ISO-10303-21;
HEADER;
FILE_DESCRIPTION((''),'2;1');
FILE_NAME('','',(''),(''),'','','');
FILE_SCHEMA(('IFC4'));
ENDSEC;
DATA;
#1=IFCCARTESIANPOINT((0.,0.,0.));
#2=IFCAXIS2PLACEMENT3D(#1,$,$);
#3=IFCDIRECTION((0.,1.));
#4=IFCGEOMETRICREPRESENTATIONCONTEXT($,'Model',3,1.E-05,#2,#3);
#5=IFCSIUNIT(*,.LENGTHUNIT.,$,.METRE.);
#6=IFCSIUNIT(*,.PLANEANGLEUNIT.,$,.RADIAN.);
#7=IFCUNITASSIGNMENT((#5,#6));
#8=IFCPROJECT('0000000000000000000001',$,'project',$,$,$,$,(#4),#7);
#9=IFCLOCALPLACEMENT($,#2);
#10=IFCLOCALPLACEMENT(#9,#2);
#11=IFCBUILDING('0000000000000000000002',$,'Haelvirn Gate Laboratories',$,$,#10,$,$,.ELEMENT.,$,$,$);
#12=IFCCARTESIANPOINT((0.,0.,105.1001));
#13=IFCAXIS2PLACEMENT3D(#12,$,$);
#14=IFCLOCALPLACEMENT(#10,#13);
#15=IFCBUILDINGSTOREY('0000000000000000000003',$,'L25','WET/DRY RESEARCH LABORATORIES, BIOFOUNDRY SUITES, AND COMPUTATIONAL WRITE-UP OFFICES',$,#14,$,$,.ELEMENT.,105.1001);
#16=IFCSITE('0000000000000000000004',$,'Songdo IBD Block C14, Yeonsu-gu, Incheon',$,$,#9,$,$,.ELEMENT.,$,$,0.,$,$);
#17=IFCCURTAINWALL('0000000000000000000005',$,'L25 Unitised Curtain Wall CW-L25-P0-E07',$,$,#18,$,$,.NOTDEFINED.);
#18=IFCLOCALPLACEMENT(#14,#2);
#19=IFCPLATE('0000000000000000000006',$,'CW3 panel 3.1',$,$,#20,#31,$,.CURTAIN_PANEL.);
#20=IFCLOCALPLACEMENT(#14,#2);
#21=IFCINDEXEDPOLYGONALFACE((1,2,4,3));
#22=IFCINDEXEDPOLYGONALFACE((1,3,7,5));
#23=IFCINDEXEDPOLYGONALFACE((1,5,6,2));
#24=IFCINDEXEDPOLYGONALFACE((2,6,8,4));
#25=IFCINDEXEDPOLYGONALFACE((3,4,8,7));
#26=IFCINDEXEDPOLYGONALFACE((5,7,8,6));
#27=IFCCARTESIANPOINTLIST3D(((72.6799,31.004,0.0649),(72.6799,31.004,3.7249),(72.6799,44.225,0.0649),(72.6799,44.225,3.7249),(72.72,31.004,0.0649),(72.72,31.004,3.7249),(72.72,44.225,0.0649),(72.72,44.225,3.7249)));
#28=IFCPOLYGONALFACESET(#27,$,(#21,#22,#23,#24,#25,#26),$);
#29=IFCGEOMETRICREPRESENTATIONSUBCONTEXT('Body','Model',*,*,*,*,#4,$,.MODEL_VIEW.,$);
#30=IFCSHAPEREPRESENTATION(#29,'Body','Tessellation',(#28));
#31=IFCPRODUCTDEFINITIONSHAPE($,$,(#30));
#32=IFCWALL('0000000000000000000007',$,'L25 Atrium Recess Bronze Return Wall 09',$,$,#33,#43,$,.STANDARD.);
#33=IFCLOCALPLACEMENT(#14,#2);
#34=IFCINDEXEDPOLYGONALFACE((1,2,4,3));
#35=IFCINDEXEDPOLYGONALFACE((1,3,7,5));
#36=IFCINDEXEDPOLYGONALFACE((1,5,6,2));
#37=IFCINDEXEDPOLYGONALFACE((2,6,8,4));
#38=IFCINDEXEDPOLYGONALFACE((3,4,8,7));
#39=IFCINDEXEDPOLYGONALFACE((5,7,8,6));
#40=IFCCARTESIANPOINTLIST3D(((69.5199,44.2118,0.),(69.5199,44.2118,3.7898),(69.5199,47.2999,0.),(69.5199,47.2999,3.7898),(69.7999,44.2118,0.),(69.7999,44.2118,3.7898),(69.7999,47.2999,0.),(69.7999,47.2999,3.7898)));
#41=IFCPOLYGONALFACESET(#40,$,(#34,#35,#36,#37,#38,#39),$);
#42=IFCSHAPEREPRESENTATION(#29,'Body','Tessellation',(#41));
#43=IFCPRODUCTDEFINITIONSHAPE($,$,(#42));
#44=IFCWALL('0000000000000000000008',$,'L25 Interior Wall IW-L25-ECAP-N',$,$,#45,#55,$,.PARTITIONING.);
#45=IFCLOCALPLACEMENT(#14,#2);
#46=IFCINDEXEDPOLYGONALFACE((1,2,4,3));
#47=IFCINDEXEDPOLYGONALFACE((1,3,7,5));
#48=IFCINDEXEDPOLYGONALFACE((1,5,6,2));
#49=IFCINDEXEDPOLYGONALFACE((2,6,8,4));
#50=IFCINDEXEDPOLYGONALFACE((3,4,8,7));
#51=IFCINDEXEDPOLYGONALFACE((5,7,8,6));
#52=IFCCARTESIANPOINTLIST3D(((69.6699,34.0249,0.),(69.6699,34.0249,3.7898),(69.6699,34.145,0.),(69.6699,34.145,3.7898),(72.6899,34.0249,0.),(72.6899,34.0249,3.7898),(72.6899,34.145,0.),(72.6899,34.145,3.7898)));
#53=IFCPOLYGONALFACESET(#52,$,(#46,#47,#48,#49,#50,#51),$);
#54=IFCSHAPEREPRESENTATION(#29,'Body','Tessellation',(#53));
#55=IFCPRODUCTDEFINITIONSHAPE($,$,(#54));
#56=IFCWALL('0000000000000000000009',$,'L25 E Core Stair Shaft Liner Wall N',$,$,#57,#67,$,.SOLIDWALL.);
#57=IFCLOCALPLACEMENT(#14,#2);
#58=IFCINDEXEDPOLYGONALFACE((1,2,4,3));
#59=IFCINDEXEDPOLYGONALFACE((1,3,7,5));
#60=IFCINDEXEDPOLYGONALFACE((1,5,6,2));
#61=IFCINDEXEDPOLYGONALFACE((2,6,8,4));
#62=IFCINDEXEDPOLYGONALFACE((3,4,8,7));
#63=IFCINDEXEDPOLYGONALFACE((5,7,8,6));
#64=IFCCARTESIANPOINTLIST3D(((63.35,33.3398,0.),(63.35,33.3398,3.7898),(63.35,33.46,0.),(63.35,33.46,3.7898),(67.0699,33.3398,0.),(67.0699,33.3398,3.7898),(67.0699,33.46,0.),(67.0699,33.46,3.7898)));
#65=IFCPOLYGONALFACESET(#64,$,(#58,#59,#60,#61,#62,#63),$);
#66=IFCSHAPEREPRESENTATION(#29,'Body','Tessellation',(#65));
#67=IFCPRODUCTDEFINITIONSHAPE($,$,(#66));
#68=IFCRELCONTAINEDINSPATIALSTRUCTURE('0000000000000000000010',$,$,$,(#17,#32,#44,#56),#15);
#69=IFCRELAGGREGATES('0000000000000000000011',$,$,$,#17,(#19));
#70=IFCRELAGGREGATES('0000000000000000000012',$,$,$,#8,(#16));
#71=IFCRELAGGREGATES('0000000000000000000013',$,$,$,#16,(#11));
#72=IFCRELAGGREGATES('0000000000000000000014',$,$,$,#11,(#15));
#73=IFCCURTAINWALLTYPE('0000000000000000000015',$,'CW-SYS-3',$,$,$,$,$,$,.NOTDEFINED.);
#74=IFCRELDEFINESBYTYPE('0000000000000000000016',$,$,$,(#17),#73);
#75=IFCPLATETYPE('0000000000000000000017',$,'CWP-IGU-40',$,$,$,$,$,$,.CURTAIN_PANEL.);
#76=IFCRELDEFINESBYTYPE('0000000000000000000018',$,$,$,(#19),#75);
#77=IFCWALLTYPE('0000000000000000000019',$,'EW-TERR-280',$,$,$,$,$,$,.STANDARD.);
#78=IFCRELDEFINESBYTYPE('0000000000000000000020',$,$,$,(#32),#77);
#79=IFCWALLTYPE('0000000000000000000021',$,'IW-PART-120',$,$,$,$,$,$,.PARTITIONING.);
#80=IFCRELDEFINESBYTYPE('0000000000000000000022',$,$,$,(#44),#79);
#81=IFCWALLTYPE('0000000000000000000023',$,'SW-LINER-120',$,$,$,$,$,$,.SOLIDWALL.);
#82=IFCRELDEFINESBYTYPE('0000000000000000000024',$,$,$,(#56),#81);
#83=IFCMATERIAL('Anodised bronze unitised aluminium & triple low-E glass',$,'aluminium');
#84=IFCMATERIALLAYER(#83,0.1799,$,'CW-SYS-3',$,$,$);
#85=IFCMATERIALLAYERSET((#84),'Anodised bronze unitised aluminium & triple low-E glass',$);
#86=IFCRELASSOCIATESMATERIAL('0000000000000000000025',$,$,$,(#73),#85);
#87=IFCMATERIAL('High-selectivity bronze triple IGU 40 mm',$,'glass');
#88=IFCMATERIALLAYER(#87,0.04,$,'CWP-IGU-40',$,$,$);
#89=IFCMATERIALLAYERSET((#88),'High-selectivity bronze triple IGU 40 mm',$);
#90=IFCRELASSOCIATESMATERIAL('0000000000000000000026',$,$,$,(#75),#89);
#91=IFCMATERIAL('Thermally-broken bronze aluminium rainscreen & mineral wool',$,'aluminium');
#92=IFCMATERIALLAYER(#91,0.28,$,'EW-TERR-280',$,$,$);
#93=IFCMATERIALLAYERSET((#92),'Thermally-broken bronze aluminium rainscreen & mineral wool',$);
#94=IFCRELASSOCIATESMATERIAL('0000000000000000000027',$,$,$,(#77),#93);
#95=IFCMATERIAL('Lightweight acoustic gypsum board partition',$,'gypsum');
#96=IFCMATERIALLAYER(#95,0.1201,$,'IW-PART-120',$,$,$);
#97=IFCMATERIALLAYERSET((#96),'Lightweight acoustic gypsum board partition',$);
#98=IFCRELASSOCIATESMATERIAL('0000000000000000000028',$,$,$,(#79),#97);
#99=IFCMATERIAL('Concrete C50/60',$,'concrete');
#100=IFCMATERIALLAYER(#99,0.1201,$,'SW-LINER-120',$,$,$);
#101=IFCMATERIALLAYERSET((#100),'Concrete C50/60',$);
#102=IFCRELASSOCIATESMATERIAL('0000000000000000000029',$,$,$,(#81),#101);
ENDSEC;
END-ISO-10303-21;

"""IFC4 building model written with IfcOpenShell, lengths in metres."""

from ifc_helpers import new_model, si_unit, direction, frame, frame_2d, origin, origin_2d, place, context, subcontext, project, spatial, rectangle, extrude, source, transform, mapped, material, layer, layer_set, type_object, element, aggregate, save


model = new_model("IFC4")

# Units and contexts
model_context = context("Model", 3, precision=1e-05, world=origin(), true_north=direction((0.0, 1.0)))
body_context = subcontext(model_context, "Body", "Model", "MODEL_VIEW")
ifc_project = project(units=[si_unit("LENGTHUNIT", "METRE"), si_unit("PLANEANGLEUNIT", "RADIAN")], contexts=[model_context])

# Site, building, storey
site_placement = place(None, origin())
site = spatial("IfcSite", under=ifc_project, at=site_placement, Name="Songdo IBD Block C14, Yeonsu-gu, Incheon", CompositionType="ELEMENT", RefElevation=0.0)
building_placement = place(site_placement, origin())
building = spatial("IfcBuilding", under=site, at=building_placement, Name="Haelvirn Gate Laboratories", CompositionType="ELEMENT")
storey_placement = place(building_placement, frame((0.0, 0.0, 105.1001)))
storey = spatial("IfcBuildingStorey", under=building, at=storey_placement, Name="L25", Description="WET/DRY RESEARCH LABORATORIES, BIOFOUNDRY SUITES, AND COMPUTATIONAL WRITE-UP OFFICES", CompositionType="ELEMENT", Elevation=105.1001)

# Shared definitions
ifc_material_1 = material(Name="Concrete C50/60", Category="concrete")

# Shared definitions
ifc_material_2 = material(Name="Anodised bronze unitised aluminium & triple low-E glass", Category="aluminium")
ifc_layer_1 = layer(ifc_material_2, 0.1799, Name="CW-SYS-3")
ifc_layer_set_1 = layer_set([ifc_layer_1], Name="Anodised bronze unitised aluminium & triple low-E glass")
curtain_wall_type_1 = type_object("IfcCurtainWallType", Name="CW-SYS-3", PredefinedType="NOTDEFINED", material=ifc_layer_set_1)

# Curtain wall
curtain_wall_1_placement = place(storey_placement, origin())
curtain_wall_1 = element("IfcCurtainWall", 1, at=curtain_wall_1_placement, inside=storey, type_object=curtain_wall_type_1, Name="L25 Unitised Curtain Wall CW-L25-P0-E07", PredefinedType="NOTDEFINED")

# Plate
ifc_material_3 = material(Name="High-selectivity bronze triple IGU 40 mm", Category="glass")
ifc_layer_2 = layer(ifc_material_3, 0.04, Name="CWP-IGU-40")
ifc_layer_set_2 = layer_set([ifc_layer_2], Name="High-selectivity bronze triple IGU 40 mm")
plate_type_1 = type_object("IfcPlateType", Name="CWP-IGU-40", PredefinedType="CURTAIN_PANEL", material=ifc_layer_set_2)
shared_shape_1 = source(origin(), body_context, "Body", "SweptSolid", [
    extrude(rectangle(XDim=13.2209, YDim=0.04, at=origin_2d()), origin(), (0.0, 0.0, 1.0), 3.6599),
])
plate_1_placement = place(storey_placement, frame((72.7, 37.6145, 0.0649), z_axis=(0.0, 0.0, 1.0), x_axis=(0.0, 1.0, 0.0)))
plate_1 = element("IfcPlate", 2, at=plate_1_placement, type_object=plate_type_1, Name="CW3 panel 3.1", PredefinedType="CURTAIN_PANEL", context=body_context, shape_type="MappedRepresentation", body=[
    mapped(shared_shape_1, transform((0.0, 0.0, 0.0), scale=1.0)),
])
aggregate(curtain_wall_1, [plate_1])

# Walls
ifc_material_4 = material(Name="Thermally-broken bronze aluminium rainscreen & mineral wool", Category="aluminium")
ifc_layer_3 = layer(ifc_material_4, 0.28, Name="EW-TERR-280")
ifc_layer_set_3 = layer_set([ifc_layer_3], Name="Thermally-broken bronze aluminium rainscreen & mineral wool")
wall_type_1 = type_object("IfcWallType", Name="EW-TERR-280", PredefinedType="STANDARD", material=ifc_layer_set_3)
wall_1_placement = place(storey_placement, frame((69.6599, 44.2119, 0.0), z_axis=(0.0, 0.0, 1.0), x_axis=(0.0, 1.0, 0.0)))
element("IfcWall", 3, at=wall_1_placement, inside=storey, type_object=wall_type_1, Name="L25 Atrium Recess Bronze Return Wall 09", PredefinedType="STANDARD", context=body_context, shape_type="SweptSolid", body=[
    extrude(rectangle(XDim=3.0881, YDim=0.28, at=frame_2d((1.5439, 0.0))), origin(), (0.0, 0.0, 1.0), 3.7898),
])
ifc_material_5 = material(Name="Lightweight acoustic gypsum board partition", Category="gypsum")
ifc_layer_4 = layer(ifc_material_5, 0.1201, Name="IW-PART-120")
ifc_layer_set_4 = layer_set([ifc_layer_4], Name="Lightweight acoustic gypsum board partition")
wall_type_2 = type_object("IfcWallType", Name="IW-PART-120", PredefinedType="PARTITIONING", material=ifc_layer_set_4)
wall_2_placement = place(storey_placement, frame((69.6699, 34.085, 0.0), z_axis=(0.0, 0.0, 1.0), x_axis=(1.0, 0.0, 0.0)))
element("IfcWall", 4, at=wall_2_placement, inside=storey, type_object=wall_type_2, Name="L25 Interior Wall IW-L25-ECAP-N", PredefinedType="PARTITIONING", context=body_context, shape_type="SweptSolid", body=[
    extrude(rectangle(XDim=3.02, YDim=0.1201, at=frame_2d((1.51, 0.0))), origin(), (0.0, 0.0, 1.0), 3.7898),
])
ifc_layer_5 = layer(ifc_material_1, 0.1201, Name="SW-LINER-120")
ifc_layer_set_5 = layer_set([ifc_layer_5], Name="Concrete C50/60")
wall_type_3 = type_object("IfcWallType", Name="SW-LINER-120", PredefinedType="SOLIDWALL", material=ifc_layer_set_5)
wall_3_placement = place(storey_placement, frame((63.3501, 33.3999, 0.0), z_axis=(0.0, 0.0, 1.0), x_axis=(1.0, 0.0, 0.0)))
element("IfcWall", 5, at=wall_3_placement, inside=storey, type_object=wall_type_3, Name="L25 E Core Stair Shaft Liner Wall N", PredefinedType="SOLIDWALL", context=body_context, shape_type="SweptSolid", body=[
    extrude(rectangle(XDim=3.72, YDim=0.1201, at=frame_2d((1.8599, 0.0))), origin(), (0.0, 0.0, 1.0), 3.7898),
])

save(model, "model.ifc")
